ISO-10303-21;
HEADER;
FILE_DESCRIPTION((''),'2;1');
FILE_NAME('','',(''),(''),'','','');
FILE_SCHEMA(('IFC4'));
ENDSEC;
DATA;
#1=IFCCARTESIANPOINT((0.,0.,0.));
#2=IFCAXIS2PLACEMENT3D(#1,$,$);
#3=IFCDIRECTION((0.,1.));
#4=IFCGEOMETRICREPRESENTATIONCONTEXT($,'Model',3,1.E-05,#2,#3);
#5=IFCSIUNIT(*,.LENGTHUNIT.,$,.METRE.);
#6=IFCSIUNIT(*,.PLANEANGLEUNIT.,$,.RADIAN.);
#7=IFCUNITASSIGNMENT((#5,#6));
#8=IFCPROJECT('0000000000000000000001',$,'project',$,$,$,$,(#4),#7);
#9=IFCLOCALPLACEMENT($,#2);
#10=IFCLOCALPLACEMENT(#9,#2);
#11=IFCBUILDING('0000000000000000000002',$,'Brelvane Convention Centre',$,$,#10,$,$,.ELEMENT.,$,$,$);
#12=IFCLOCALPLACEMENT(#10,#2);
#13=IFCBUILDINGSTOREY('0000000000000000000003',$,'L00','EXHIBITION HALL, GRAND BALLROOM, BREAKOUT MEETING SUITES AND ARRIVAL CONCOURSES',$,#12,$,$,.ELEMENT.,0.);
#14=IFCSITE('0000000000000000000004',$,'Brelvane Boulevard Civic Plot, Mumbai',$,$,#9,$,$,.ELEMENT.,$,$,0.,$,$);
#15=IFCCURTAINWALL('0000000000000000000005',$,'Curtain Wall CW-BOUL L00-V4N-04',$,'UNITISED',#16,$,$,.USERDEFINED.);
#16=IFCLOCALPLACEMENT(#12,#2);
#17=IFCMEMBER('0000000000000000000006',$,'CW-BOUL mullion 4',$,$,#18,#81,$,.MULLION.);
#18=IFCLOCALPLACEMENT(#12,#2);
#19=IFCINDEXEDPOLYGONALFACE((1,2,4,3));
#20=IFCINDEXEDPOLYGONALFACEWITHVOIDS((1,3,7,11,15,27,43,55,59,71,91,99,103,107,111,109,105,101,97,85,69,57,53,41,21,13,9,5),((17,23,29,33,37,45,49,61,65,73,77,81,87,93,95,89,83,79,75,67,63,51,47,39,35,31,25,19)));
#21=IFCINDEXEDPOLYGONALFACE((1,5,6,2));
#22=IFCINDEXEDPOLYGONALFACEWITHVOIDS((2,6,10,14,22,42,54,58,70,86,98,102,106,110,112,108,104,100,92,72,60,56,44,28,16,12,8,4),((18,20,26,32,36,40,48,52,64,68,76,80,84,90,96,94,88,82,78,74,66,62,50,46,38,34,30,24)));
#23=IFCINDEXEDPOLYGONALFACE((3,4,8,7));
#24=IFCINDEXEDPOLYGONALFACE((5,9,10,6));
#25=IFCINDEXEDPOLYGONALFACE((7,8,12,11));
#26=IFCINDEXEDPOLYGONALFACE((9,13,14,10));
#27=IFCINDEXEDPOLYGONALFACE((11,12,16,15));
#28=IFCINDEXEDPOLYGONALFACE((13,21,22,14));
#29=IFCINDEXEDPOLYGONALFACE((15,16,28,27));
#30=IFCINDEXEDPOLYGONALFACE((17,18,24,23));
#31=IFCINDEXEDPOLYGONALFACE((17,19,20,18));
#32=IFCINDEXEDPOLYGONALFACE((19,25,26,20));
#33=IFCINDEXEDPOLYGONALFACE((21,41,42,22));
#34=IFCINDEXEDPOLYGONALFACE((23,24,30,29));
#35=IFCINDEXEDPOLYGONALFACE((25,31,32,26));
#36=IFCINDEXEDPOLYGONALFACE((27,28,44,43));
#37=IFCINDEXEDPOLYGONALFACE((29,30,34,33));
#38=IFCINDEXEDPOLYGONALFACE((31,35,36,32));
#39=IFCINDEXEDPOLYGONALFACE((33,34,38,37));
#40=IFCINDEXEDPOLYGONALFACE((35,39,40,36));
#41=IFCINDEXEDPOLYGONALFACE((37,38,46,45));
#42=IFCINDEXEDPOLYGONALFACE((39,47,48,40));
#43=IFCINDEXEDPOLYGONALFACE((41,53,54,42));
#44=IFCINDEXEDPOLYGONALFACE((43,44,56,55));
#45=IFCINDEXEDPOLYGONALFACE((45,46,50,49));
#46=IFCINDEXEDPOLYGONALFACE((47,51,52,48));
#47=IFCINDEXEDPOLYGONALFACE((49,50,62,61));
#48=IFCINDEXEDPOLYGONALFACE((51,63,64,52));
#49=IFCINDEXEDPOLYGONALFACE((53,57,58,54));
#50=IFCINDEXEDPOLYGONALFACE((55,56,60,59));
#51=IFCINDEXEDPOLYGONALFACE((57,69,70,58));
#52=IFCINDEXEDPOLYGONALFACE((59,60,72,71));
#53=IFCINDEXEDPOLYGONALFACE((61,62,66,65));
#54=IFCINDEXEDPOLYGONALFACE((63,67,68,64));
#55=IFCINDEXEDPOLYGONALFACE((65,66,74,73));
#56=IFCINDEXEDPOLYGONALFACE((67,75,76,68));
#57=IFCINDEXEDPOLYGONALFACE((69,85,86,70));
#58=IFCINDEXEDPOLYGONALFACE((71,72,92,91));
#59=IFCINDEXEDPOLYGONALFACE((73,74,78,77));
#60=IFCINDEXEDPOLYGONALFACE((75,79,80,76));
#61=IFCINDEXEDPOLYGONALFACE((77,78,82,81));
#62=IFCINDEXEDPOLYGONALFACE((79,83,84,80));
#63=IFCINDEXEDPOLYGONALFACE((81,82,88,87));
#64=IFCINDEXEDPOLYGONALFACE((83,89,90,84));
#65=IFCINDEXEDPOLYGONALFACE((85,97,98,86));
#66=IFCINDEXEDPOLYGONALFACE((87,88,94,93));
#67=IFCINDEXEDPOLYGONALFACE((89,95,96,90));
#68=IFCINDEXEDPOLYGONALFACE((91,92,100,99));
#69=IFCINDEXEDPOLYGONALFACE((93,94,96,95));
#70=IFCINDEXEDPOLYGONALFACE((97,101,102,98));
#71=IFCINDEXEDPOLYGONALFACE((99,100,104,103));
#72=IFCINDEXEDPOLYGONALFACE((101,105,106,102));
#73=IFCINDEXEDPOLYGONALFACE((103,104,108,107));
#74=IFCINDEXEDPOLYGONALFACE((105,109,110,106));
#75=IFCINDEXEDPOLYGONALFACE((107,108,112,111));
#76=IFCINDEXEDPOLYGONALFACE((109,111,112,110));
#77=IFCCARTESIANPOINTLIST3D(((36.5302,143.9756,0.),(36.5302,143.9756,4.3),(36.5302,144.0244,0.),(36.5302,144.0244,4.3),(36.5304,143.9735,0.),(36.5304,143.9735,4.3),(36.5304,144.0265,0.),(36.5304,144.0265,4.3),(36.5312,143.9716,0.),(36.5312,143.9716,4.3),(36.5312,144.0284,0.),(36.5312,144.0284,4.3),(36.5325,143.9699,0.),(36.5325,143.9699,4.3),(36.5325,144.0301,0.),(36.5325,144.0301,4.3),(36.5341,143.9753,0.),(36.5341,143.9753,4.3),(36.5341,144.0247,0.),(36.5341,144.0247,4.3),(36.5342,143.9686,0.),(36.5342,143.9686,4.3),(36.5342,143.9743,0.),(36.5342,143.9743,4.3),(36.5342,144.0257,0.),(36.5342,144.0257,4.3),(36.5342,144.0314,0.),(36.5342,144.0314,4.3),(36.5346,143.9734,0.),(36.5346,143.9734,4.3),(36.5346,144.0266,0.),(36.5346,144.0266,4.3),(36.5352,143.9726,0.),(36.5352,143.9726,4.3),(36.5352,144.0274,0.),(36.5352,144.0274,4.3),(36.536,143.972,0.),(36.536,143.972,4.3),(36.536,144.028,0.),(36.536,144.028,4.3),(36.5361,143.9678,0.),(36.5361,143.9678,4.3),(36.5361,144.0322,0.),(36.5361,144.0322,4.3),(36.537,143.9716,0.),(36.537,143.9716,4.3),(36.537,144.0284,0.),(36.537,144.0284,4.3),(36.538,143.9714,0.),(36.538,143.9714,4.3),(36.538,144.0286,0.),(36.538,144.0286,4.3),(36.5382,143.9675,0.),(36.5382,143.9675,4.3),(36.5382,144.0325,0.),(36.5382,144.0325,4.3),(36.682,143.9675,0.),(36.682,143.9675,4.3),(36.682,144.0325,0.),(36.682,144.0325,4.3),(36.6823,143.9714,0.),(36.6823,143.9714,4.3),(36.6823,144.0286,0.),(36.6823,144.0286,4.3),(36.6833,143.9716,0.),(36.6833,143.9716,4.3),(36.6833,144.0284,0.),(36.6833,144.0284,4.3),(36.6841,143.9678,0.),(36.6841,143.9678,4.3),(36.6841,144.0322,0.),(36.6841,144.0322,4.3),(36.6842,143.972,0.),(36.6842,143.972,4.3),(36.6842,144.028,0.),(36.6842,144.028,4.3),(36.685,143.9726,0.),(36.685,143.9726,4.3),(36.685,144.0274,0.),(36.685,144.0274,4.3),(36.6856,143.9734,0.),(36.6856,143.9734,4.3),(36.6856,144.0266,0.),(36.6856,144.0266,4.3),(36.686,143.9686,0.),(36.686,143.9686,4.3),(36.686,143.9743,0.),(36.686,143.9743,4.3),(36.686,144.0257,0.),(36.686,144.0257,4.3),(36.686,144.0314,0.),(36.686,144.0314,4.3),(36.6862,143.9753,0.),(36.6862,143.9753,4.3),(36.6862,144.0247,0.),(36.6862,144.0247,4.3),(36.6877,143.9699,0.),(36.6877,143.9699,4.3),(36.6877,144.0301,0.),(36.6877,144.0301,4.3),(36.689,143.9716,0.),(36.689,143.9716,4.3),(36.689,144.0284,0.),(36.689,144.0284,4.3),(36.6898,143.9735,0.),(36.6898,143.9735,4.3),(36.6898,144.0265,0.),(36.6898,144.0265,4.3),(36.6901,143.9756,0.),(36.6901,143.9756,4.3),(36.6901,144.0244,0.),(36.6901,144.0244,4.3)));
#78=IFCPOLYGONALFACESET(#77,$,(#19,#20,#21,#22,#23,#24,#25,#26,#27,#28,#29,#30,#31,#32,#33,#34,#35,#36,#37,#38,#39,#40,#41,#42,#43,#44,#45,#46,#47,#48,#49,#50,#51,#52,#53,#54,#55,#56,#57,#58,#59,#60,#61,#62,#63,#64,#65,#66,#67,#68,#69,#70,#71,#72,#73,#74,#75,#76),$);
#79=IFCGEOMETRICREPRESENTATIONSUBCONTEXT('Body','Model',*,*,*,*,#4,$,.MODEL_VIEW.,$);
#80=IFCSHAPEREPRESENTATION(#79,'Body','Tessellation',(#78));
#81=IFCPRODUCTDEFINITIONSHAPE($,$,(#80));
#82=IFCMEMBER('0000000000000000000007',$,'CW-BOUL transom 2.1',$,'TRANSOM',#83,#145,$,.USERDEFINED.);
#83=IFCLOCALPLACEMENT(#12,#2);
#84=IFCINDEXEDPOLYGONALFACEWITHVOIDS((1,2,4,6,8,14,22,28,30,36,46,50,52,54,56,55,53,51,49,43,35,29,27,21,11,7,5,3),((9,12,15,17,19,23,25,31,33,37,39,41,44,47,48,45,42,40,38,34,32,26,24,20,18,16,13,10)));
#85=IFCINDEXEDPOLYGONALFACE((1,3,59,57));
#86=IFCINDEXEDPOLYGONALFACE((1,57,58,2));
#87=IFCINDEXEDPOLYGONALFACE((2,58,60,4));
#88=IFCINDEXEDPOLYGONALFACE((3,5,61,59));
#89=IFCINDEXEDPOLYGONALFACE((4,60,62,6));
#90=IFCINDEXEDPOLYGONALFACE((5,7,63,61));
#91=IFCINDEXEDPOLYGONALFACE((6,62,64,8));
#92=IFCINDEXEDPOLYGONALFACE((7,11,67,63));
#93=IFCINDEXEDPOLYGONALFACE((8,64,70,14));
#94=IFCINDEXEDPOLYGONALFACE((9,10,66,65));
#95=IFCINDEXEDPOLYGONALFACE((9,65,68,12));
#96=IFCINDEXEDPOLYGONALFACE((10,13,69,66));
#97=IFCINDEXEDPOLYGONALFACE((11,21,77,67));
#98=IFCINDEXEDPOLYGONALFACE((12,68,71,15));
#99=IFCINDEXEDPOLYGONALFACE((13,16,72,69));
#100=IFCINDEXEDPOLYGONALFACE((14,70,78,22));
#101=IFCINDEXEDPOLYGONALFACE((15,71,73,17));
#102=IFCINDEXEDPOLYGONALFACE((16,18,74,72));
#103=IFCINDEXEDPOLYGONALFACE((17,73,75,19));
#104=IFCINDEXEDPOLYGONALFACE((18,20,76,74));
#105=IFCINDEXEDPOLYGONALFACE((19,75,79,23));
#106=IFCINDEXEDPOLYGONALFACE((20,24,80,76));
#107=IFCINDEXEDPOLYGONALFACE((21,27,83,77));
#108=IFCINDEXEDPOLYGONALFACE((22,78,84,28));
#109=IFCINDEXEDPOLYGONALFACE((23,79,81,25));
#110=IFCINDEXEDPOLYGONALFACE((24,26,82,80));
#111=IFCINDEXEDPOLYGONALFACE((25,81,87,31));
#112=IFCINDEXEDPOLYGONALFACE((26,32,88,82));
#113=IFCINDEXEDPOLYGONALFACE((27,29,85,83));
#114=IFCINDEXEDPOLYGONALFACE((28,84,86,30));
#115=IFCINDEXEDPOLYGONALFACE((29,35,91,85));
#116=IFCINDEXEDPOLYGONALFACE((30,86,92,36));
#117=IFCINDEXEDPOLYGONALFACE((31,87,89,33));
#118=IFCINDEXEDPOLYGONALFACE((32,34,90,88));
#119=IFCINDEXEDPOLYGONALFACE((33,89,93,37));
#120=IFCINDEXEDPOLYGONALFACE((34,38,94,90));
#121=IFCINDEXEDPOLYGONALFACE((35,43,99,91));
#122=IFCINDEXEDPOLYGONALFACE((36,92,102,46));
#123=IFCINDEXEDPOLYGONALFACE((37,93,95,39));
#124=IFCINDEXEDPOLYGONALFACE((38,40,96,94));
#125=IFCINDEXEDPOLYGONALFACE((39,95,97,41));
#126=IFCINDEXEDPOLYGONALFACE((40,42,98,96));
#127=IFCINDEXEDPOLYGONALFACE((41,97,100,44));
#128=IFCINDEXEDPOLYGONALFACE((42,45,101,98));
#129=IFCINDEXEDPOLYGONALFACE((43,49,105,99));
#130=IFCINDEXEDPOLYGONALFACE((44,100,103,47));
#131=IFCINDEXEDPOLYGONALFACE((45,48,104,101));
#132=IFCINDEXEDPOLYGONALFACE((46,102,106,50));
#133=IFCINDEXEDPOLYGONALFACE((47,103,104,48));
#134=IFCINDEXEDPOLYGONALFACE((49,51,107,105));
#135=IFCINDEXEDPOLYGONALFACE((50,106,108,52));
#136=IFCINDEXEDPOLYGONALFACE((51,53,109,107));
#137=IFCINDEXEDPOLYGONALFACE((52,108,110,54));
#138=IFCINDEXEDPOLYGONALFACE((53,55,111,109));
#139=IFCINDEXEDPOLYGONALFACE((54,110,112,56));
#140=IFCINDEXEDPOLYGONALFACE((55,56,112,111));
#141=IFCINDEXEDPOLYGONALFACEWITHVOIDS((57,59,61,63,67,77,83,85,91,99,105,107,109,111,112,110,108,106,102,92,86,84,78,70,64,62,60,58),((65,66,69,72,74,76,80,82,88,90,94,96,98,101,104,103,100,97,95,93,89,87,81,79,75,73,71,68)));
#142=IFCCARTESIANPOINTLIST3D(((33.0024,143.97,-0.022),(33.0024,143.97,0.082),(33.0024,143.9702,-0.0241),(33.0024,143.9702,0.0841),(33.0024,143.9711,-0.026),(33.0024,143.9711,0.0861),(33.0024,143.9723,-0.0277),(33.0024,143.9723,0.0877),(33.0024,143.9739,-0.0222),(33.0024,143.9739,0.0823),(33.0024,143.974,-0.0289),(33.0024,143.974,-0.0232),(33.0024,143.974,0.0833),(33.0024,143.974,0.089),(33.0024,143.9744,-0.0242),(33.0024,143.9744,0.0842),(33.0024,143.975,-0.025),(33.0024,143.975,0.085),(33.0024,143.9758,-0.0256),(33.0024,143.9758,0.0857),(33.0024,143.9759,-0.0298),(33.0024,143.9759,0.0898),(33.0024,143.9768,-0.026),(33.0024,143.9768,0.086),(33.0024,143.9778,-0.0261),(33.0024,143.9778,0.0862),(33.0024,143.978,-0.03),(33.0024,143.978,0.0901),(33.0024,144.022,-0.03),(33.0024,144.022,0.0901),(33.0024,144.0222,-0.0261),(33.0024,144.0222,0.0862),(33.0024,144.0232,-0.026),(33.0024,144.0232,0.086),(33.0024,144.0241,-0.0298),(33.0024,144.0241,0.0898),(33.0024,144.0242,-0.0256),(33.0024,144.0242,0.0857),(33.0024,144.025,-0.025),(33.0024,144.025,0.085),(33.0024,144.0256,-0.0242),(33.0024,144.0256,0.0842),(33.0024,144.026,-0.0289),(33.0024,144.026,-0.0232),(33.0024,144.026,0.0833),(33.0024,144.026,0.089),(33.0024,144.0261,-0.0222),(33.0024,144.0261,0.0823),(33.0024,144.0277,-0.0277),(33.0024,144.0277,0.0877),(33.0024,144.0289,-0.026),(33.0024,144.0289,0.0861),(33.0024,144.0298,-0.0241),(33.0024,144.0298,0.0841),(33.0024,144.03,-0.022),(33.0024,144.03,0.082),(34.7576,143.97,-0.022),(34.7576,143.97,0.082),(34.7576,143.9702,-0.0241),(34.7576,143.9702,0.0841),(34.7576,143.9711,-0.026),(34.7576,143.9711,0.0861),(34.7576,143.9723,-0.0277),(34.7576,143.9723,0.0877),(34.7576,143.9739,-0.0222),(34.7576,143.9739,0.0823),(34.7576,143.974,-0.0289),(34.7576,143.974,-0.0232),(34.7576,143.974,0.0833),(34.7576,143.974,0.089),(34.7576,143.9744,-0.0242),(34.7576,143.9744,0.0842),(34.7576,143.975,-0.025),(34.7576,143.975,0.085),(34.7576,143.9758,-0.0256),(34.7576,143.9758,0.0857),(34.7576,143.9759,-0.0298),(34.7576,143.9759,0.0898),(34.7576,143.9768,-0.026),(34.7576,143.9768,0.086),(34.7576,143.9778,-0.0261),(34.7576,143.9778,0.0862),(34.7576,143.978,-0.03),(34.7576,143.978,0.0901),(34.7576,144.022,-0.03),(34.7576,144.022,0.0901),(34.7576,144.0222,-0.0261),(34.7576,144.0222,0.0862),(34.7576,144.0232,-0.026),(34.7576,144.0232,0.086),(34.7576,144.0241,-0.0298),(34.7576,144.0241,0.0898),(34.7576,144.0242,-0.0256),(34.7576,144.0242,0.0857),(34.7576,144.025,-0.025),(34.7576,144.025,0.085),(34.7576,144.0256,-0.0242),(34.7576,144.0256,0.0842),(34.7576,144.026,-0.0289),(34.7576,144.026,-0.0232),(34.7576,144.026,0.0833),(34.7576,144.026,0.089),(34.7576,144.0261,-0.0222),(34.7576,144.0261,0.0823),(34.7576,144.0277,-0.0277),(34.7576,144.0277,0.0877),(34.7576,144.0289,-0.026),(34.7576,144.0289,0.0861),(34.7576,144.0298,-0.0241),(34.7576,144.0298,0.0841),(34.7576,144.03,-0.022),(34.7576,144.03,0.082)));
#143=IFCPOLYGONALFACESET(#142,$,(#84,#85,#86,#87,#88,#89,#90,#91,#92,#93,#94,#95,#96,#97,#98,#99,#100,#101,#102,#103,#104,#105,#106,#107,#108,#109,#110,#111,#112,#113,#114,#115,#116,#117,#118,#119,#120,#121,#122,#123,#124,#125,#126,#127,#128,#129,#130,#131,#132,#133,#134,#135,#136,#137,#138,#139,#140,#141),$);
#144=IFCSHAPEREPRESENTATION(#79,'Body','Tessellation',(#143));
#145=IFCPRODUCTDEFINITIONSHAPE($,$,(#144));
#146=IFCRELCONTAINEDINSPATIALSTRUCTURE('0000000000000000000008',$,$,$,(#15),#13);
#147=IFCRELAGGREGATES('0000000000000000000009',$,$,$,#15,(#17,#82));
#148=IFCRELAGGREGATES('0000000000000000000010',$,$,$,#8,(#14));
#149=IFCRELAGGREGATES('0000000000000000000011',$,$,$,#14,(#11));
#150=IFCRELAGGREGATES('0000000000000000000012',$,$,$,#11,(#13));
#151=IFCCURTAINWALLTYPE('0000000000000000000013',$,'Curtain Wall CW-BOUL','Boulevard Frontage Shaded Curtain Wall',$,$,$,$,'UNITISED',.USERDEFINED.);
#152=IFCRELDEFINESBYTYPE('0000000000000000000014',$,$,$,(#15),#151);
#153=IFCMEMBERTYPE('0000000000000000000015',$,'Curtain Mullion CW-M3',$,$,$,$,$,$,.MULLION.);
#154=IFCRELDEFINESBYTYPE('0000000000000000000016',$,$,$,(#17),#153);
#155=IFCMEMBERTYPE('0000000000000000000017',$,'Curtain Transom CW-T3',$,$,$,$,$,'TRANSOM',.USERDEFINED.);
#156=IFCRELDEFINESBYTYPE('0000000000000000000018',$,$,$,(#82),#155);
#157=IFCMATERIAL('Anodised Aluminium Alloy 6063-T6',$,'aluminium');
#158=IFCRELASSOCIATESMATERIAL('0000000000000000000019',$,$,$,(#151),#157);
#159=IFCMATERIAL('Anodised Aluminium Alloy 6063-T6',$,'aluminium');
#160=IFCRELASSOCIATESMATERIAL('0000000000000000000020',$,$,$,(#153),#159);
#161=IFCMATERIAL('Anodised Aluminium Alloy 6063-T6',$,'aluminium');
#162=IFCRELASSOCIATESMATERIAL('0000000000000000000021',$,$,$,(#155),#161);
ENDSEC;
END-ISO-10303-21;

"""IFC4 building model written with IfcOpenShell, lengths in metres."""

from ifc_helpers import new_model, si_unit, direction, frame, origin, origin_2d, place, context, subcontext, project, spatial, hollow_rectangle, extrude, material, material_profile, profile_set, type_object, element, aggregate, save


model = new_model("IFC4")

# Units and contexts
model_context = context("Model", 3, precision=1e-05, world=origin(), true_north=direction((0.0, 1.0)))
body_context = subcontext(model_context, "Body", "Model", "MODEL_VIEW")
ifc_project = project(units=[si_unit("LENGTHUNIT", "METRE"), si_unit("PLANEANGLEUNIT", "RADIAN")], contexts=[model_context])

# Site, building, storey
site_placement = place(None, origin())
site = spatial("IfcSite", under=ifc_project, at=site_placement, Name="Brelvane Boulevard Civic Plot, Mumbai", CompositionType="ELEMENT", RefElevation=0.0)
building_placement = place(site_placement, origin())
building = spatial("IfcBuilding", under=site, at=building_placement, Name="Brelvane Convention Centre", CompositionType="ELEMENT")
storey_placement = place(building_placement, origin())
storey = spatial("IfcBuildingStorey", under=building, at=storey_placement, Name="L00", Description="EXHIBITION HALL, GRAND BALLROOM, BREAKOUT MEETING SUITES AND ARRIVAL CONCOURSES", CompositionType="ELEMENT", Elevation=0.0)

# Curtain wall, members
ifc_material_1 = material(Name="Anodised Aluminium Alloy 6063-T6", Category="aluminium")
curtain_wall_type = type_object("IfcCurtainWallType", Name="Curtain Wall CW-BOUL", Description="Boulevard Frontage Shaded Curtain Wall", ElementType="UNITISED", PredefinedType="USERDEFINED", material=ifc_material_1)
curtain_wall_placement = place(storey_placement, origin())
curtain_wall = element("IfcCurtainWall", 1, at=curtain_wall_placement, inside=storey, type_object=curtain_wall_type, Name="Curtain Wall CW-BOUL L00-V4N-04", ObjectType="UNITISED", PredefinedType="USERDEFINED")
ifc_material_2 = material(Name="Anodised Aluminium Alloy 6063-T6", Category="aluminium")
ifc_material_profile_1 = material_profile(ifc_material_2, hollow_rectangle(XDim=0.0649, YDim=0.1599, WallThickness=0.0039, InnerFilletRadius=0.0039, OuterFilletRadius=0.0081, at=origin_2d()), Name="ALU-M 160x65x4.0")
ifc_profile_set_1 = profile_set([ifc_material_profile_1], Name="Anodised Aluminium Alloy 6063-T6")
member_type_1 = type_object("IfcMemberType", Name="Curtain Mullion CW-M3", PredefinedType="MULLION", material=ifc_profile_set_1)
member_1_placement = place(storey_placement, frame((36.6101, 144.0, 0.0), z_axis=(0.0, 0.0, 1.0), x_axis=(0.0, 1.0, 0.0)))
member_1 = element("IfcMember", 2, at=member_1_placement, type_object=member_type_1, Name="CW-BOUL mullion 4", PredefinedType="MULLION", context=body_context, shape_type="SweptSolid", body=[
    extrude(hollow_rectangle(XDim=0.0649, YDim=0.1599, WallThickness=0.0039, InnerFilletRadius=0.0039, OuterFilletRadius=0.0081, at=origin_2d()), origin(), (0.0, 0.0, 1.0), 4.3),
])
ifc_material_3 = material(Name="Anodised Aluminium Alloy 6063-T6", Category="aluminium")
ifc_material_profile_2 = material_profile(ifc_material_3, hollow_rectangle(XDim=0.0601, YDim=0.1201, WallThickness=0.0039, InnerFilletRadius=0.0039, OuterFilletRadius=0.0081, at=origin_2d()), Name="ALU-T 120x60x4.0")
ifc_profile_set_2 = profile_set([ifc_material_profile_2], Name="Anodised Aluminium Alloy 6063-T6")
member_type_2 = type_object("IfcMemberType", Name="Curtain Transom CW-T3", ElementType="TRANSOM", PredefinedType="USERDEFINED", material=ifc_profile_set_2)
member_2_placement = place(storey_placement, frame((33.0024, 144.0, 0.03), z_axis=(1.0, 0.0, 0.0), x_axis=(0.0, 1.0, 0.0)))
member_2 = element("IfcMember", 3, at=member_2_placement, type_object=member_type_2, Name="CW-BOUL transom 2.1", ObjectType="TRANSOM", PredefinedType="USERDEFINED", context=body_context, shape_type="SweptSolid", body=[
    extrude(hollow_rectangle(XDim=0.0601, YDim=0.1201, WallThickness=0.0039, InnerFilletRadius=0.0039, OuterFilletRadius=0.0081, at=origin_2d()), origin(), (0.0, 0.0, 1.0), 1.7551),
])
aggregate(curtain_wall, [member_1, member_2])

save(model, "model.ifc")
